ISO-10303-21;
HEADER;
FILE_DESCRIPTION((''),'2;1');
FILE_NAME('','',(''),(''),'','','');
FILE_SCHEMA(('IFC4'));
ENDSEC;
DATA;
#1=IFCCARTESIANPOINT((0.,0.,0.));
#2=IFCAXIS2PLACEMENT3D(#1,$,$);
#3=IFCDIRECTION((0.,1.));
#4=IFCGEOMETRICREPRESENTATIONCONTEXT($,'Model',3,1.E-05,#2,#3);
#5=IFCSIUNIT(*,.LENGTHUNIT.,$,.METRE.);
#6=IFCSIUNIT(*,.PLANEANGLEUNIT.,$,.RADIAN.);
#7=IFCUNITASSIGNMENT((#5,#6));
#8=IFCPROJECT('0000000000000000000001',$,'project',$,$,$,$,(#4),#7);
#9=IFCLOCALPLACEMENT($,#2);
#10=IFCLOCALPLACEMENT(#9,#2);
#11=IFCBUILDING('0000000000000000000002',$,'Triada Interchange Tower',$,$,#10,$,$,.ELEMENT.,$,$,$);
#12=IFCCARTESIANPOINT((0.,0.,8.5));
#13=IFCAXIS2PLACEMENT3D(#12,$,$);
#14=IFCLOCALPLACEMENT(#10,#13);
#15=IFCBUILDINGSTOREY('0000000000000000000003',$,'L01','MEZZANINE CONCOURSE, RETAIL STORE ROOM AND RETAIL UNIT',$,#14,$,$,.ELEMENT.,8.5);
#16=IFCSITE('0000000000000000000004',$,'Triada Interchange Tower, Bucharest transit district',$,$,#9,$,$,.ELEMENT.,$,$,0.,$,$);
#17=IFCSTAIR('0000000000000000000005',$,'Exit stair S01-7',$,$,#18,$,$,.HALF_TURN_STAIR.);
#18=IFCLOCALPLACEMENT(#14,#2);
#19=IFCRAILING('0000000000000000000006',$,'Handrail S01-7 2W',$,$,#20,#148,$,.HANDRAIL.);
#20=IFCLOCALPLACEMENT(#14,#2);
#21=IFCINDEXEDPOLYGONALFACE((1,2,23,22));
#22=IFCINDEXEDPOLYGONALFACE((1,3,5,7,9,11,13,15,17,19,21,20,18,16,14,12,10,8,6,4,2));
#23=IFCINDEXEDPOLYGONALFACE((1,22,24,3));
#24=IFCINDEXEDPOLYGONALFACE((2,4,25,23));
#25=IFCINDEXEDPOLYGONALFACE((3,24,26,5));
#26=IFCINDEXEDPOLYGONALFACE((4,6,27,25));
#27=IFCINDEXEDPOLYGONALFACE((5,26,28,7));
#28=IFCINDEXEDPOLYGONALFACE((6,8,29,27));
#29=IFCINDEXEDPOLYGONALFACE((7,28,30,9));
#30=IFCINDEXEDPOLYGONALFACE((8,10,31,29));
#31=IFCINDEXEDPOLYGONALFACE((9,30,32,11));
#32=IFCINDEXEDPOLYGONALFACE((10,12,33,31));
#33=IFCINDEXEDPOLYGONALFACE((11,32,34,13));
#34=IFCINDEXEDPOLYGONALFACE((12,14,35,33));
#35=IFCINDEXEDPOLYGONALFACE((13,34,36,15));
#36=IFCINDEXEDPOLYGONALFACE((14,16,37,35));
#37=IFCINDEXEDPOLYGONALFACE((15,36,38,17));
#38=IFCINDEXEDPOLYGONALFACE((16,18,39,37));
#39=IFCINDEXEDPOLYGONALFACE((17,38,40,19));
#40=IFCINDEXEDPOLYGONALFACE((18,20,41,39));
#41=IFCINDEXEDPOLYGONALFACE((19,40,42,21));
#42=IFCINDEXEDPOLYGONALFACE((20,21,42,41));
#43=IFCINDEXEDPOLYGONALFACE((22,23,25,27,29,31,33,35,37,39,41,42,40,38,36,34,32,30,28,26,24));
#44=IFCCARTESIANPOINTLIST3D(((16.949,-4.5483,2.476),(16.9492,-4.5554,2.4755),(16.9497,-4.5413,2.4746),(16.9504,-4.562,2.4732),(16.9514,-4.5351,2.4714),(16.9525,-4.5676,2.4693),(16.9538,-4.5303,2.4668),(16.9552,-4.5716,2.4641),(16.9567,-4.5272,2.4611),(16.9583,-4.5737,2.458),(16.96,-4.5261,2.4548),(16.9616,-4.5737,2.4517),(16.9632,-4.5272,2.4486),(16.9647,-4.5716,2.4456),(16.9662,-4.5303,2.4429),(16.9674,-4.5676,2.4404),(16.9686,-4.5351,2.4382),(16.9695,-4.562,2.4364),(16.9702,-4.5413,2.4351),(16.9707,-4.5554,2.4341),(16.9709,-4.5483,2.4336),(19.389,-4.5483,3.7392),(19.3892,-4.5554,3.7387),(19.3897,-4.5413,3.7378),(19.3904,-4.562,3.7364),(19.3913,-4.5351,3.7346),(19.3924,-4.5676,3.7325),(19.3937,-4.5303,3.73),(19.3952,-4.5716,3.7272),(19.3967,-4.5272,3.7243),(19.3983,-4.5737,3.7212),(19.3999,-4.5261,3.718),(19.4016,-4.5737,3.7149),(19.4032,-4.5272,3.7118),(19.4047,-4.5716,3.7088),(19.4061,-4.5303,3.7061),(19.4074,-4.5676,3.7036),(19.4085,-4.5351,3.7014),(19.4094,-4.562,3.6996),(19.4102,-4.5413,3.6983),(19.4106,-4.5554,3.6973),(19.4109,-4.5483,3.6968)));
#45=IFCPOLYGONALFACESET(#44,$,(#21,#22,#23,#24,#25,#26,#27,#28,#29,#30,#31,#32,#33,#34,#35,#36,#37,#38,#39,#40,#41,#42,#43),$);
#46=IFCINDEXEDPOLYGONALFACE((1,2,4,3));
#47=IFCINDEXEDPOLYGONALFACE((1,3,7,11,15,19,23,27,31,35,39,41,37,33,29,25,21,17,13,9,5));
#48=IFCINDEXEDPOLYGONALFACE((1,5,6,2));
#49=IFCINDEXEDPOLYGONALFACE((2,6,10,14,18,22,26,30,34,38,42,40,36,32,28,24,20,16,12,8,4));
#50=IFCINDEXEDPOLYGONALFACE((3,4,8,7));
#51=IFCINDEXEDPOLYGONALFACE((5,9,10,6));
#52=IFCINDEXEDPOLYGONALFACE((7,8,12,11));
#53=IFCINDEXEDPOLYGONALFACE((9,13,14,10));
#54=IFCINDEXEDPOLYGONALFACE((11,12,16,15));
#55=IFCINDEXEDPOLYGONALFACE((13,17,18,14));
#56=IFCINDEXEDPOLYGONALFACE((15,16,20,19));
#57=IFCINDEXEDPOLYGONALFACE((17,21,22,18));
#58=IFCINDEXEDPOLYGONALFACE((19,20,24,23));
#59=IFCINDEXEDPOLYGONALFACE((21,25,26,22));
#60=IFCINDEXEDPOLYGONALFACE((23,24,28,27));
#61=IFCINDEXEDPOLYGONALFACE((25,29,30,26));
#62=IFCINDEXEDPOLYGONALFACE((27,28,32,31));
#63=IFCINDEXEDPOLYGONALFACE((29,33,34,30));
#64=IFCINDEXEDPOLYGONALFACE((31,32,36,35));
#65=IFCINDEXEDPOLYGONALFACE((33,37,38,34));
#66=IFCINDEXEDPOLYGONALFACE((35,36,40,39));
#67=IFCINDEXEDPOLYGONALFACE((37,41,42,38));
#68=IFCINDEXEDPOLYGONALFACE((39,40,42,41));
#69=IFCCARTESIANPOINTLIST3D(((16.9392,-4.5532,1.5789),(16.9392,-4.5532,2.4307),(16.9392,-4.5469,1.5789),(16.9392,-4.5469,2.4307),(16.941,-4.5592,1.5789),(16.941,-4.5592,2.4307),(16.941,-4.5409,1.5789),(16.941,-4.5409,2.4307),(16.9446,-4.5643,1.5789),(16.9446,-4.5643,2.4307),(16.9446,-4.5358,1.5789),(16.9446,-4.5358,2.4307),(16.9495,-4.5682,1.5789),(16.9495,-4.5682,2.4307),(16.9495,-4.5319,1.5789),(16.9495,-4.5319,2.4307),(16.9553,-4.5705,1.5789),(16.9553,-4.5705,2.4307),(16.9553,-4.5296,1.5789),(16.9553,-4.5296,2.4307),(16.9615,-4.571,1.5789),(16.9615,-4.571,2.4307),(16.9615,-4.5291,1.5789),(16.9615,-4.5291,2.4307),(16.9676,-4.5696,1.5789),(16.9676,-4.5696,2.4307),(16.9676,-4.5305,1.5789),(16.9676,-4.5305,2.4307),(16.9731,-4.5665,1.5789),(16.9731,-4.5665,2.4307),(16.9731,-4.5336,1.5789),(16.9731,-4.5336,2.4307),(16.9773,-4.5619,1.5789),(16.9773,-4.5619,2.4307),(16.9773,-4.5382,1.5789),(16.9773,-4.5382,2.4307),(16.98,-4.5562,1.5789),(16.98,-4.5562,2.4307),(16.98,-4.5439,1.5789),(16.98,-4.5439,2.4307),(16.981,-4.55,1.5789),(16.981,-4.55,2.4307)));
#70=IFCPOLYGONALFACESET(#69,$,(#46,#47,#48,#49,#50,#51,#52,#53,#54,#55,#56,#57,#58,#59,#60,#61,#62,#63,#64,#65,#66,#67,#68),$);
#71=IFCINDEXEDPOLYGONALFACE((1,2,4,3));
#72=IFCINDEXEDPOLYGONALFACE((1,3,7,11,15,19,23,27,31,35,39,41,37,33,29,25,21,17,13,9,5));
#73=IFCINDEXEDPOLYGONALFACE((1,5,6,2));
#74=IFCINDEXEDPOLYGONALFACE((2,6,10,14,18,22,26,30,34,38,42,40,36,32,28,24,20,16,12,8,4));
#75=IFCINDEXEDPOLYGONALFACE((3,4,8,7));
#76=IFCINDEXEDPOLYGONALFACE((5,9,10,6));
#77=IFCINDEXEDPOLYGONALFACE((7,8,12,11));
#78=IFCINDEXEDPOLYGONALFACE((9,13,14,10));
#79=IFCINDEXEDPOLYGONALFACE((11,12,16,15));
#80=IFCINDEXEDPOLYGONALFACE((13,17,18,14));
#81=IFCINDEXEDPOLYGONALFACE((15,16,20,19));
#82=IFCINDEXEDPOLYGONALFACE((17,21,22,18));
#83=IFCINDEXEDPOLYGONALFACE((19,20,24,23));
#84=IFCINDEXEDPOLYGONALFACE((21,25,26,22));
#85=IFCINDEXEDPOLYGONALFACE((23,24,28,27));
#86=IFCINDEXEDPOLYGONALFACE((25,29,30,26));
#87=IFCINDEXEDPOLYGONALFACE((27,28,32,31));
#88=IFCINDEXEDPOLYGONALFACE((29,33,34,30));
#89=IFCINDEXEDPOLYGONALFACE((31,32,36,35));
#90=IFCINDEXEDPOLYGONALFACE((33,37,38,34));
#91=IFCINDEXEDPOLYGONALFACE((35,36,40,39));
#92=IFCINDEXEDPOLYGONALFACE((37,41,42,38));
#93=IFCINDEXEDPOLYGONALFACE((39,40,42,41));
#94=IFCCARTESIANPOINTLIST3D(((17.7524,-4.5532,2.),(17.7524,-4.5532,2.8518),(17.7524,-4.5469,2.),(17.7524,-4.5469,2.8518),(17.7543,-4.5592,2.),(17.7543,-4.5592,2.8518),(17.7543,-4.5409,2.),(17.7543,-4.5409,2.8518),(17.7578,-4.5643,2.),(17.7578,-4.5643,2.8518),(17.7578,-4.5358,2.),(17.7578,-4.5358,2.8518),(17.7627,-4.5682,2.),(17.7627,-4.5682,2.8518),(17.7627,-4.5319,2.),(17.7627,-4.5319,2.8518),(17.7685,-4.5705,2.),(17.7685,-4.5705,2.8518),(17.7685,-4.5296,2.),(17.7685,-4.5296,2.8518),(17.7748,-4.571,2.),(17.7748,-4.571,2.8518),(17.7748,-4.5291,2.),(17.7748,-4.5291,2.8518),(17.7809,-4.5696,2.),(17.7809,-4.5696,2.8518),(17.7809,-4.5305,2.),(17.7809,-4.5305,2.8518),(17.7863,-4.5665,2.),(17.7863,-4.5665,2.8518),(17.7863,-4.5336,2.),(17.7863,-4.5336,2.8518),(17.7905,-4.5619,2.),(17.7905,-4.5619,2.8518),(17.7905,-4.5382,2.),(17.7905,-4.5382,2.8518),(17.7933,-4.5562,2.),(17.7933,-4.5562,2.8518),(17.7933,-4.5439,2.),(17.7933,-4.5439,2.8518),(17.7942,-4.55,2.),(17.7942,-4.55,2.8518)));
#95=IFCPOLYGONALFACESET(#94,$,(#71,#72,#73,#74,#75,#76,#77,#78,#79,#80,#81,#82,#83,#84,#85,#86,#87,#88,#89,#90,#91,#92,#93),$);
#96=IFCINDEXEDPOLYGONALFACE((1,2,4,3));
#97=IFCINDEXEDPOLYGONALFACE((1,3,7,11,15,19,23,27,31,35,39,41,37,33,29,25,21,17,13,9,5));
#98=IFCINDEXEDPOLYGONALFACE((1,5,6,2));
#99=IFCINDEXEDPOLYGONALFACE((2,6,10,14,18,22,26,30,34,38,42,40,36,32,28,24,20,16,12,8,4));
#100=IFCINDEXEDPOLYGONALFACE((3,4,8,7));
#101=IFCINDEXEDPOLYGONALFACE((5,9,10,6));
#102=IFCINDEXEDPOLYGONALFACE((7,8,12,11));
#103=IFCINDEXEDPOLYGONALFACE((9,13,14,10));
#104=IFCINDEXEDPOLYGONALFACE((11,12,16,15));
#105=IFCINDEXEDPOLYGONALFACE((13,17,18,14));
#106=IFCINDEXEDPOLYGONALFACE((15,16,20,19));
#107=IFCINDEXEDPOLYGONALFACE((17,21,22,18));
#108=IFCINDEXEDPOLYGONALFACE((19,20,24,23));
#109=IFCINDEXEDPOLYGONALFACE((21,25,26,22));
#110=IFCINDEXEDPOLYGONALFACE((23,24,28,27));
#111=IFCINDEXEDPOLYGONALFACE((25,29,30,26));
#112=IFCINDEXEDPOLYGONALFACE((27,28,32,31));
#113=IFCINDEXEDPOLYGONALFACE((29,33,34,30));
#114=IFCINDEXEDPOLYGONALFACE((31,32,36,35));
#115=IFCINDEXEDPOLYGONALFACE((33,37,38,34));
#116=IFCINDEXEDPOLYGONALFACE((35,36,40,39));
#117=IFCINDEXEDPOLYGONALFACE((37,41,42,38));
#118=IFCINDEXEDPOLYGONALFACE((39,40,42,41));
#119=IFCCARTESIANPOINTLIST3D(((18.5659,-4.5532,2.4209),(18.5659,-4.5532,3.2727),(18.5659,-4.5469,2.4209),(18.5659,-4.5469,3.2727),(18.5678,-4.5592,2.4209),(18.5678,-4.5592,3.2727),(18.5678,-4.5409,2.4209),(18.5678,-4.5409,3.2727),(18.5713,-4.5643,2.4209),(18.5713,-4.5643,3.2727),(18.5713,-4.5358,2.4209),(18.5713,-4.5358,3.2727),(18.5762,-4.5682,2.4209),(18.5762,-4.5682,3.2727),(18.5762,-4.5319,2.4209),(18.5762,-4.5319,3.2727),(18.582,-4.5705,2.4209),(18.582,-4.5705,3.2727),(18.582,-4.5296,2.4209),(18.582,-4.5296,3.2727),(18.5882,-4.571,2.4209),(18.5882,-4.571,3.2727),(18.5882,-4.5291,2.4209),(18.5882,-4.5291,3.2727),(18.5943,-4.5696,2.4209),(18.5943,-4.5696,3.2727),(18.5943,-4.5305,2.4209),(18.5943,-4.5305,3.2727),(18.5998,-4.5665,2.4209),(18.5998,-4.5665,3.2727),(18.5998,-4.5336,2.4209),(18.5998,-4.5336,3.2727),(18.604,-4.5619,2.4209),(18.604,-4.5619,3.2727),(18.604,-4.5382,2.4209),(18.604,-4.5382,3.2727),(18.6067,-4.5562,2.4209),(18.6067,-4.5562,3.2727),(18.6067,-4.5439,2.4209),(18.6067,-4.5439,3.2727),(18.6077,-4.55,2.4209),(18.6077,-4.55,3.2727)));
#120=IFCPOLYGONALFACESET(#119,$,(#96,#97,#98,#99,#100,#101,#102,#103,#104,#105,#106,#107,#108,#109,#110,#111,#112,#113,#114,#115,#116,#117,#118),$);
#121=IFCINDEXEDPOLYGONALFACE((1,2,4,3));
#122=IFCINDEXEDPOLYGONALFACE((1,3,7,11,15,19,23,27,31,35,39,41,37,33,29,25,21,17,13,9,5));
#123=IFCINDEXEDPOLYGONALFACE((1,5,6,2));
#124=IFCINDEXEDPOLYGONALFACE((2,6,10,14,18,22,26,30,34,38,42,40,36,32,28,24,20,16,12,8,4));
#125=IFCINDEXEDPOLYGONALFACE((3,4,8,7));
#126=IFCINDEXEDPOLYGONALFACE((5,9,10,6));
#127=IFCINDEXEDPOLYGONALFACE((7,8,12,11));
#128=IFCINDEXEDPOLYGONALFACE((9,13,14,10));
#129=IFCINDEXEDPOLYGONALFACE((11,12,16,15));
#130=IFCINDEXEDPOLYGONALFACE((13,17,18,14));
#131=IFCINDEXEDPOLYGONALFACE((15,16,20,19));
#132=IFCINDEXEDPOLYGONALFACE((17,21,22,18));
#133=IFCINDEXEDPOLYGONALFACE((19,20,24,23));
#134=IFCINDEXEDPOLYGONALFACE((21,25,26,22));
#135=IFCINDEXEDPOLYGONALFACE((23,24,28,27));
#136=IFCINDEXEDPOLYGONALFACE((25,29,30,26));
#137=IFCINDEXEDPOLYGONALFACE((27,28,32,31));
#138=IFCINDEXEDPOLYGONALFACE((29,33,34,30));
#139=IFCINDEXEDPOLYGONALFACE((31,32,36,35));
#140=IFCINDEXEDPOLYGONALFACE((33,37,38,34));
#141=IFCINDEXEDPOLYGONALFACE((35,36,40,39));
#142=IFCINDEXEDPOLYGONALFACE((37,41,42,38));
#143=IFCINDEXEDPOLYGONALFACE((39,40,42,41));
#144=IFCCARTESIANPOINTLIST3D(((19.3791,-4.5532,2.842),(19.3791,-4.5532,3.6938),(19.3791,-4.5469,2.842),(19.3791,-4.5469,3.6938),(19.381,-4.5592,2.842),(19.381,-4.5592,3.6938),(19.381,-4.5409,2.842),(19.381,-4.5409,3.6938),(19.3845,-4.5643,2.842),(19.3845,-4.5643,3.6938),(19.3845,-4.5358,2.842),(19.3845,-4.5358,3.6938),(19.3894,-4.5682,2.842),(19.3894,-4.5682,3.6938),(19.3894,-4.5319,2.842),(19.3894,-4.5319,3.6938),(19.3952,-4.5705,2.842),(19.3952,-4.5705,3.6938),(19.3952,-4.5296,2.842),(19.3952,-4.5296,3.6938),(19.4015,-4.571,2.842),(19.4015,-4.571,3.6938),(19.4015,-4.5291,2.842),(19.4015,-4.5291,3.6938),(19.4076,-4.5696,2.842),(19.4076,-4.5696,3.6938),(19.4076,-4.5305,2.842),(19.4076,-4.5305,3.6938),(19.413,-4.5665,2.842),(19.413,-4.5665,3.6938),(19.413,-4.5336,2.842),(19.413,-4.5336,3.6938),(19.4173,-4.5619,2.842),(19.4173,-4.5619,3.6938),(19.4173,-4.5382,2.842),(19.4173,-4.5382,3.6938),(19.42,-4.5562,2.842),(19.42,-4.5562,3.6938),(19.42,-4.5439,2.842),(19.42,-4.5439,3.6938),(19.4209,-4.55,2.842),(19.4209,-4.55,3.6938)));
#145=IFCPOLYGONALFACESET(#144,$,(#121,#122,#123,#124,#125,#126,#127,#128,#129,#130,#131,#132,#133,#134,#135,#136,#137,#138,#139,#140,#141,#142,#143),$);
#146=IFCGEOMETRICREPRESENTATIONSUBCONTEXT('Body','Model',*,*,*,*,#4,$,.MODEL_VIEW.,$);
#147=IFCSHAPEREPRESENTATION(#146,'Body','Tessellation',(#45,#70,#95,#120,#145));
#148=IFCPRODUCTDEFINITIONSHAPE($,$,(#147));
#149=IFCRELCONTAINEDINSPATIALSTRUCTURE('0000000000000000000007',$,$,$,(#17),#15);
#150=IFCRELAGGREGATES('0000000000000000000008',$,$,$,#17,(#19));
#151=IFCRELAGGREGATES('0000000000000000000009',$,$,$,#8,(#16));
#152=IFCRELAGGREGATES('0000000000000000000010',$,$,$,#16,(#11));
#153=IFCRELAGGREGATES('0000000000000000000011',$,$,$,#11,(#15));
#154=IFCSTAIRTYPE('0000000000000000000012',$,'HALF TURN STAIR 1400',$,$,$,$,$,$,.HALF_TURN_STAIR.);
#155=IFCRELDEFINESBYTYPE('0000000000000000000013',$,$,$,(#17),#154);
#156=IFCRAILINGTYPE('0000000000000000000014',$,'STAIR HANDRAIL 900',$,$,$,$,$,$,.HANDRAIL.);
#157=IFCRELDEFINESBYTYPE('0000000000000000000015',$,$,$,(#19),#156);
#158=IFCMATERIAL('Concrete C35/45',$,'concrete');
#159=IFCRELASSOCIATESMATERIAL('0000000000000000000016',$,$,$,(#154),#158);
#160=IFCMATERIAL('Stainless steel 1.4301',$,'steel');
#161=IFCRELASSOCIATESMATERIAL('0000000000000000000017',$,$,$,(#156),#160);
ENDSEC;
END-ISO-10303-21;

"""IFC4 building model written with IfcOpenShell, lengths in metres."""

from ifc_helpers import new_model, si_unit, direction, frame, origin, origin_2d, place, context, subcontext, project, spatial, circle, extrude, material, type_object, element, aggregate, save


model = new_model("IFC4")

# Units and contexts
model_context = context("Model", 3, precision=1e-05, world=origin(), true_north=direction((0.0, 1.0)))
body_context = subcontext(model_context, "Body", "Model", "MODEL_VIEW")
ifc_project = project(units=[si_unit("LENGTHUNIT", "METRE"), si_unit("PLANEANGLEUNIT", "RADIAN")], contexts=[model_context])

# Site, building, storey
site_placement = place(None, origin())
site = spatial("IfcSite", under=ifc_project, at=site_placement, Name="Triada Interchange Tower, Bucharest transit district", CompositionType="ELEMENT", RefElevation=0.0)
building_placement = place(site_placement, origin())
building = spatial("IfcBuilding", under=site, at=building_placement, Name="Triada Interchange Tower", CompositionType="ELEMENT")
storey_placement = place(building_placement, frame((0.0, 0.0, 8.5)))
storey = spatial("IfcBuildingStorey", under=building, at=storey_placement, Name="L01", Description="MEZZANINE CONCOURSE, RETAIL STORE ROOM AND RETAIL UNIT", CompositionType="ELEMENT", Elevation=8.5)

# Shared definitions
ifc_material_1 = material(Name="Concrete C35/45", Category="concrete")

# Stair, railing
stair_type = type_object("IfcStairType", Name="HALF TURN STAIR 1400", PredefinedType="HALF_TURN_STAIR", material=ifc_material_1)
stair_placement = place(storey_placement, origin())
stair = element("IfcStair", 1, at=stair_placement, inside=storey, type_object=stair_type, Name="Exit stair S01-7", PredefinedType="HALF_TURN_STAIR")
ifc_material_2 = material(Name="Stainless steel 1.4301", Category="steel")
railing_type_1 = type_object("IfcRailingType", Name="STAIR HANDRAIL 900", PredefinedType="HANDRAIL", material=ifc_material_2)
railing_1_placement = place(storey_placement, frame((16.96, -4.55, 1.5789)))
railing_1 = element("IfcRailing", 2, at=railing_1_placement, type_object=railing_type_1, Name="Handrail S01-7 2W", PredefinedType="HANDRAIL", context=body_context, shape_type="SweptSolid", body=[
    extrude(circle(Radius=0.0239, at=origin_2d()), frame((0.0, 0.0, 0.876), z_axis=(0.888048, 0.0, 0.459752), x_axis=(0.0, 1.0, 0.0)), (0.0, 0.0, 1.0), 2.7476),
    extrude(circle(Radius=0.021, at=origin_2d()), origin(), (0.0, 0.0, 1.0), 0.8518),
    extrude(circle(Radius=0.021, at=origin_2d()), frame((0.8132, 0.0, 0.4211)), (0.0, 0.0, 1.0), 0.8518),
    extrude(circle(Radius=0.021, at=origin_2d()), frame((1.6267, 0.0, 0.842)), (0.0, 0.0, 1.0), 0.8518),
    extrude(circle(Radius=0.021, at=origin_2d()), frame((2.4399, 0.0, 1.2632)), (0.0, 0.0, 1.0), 0.8518),
])
aggregate(stair, [railing_1])

save(model, "model.ifc")
